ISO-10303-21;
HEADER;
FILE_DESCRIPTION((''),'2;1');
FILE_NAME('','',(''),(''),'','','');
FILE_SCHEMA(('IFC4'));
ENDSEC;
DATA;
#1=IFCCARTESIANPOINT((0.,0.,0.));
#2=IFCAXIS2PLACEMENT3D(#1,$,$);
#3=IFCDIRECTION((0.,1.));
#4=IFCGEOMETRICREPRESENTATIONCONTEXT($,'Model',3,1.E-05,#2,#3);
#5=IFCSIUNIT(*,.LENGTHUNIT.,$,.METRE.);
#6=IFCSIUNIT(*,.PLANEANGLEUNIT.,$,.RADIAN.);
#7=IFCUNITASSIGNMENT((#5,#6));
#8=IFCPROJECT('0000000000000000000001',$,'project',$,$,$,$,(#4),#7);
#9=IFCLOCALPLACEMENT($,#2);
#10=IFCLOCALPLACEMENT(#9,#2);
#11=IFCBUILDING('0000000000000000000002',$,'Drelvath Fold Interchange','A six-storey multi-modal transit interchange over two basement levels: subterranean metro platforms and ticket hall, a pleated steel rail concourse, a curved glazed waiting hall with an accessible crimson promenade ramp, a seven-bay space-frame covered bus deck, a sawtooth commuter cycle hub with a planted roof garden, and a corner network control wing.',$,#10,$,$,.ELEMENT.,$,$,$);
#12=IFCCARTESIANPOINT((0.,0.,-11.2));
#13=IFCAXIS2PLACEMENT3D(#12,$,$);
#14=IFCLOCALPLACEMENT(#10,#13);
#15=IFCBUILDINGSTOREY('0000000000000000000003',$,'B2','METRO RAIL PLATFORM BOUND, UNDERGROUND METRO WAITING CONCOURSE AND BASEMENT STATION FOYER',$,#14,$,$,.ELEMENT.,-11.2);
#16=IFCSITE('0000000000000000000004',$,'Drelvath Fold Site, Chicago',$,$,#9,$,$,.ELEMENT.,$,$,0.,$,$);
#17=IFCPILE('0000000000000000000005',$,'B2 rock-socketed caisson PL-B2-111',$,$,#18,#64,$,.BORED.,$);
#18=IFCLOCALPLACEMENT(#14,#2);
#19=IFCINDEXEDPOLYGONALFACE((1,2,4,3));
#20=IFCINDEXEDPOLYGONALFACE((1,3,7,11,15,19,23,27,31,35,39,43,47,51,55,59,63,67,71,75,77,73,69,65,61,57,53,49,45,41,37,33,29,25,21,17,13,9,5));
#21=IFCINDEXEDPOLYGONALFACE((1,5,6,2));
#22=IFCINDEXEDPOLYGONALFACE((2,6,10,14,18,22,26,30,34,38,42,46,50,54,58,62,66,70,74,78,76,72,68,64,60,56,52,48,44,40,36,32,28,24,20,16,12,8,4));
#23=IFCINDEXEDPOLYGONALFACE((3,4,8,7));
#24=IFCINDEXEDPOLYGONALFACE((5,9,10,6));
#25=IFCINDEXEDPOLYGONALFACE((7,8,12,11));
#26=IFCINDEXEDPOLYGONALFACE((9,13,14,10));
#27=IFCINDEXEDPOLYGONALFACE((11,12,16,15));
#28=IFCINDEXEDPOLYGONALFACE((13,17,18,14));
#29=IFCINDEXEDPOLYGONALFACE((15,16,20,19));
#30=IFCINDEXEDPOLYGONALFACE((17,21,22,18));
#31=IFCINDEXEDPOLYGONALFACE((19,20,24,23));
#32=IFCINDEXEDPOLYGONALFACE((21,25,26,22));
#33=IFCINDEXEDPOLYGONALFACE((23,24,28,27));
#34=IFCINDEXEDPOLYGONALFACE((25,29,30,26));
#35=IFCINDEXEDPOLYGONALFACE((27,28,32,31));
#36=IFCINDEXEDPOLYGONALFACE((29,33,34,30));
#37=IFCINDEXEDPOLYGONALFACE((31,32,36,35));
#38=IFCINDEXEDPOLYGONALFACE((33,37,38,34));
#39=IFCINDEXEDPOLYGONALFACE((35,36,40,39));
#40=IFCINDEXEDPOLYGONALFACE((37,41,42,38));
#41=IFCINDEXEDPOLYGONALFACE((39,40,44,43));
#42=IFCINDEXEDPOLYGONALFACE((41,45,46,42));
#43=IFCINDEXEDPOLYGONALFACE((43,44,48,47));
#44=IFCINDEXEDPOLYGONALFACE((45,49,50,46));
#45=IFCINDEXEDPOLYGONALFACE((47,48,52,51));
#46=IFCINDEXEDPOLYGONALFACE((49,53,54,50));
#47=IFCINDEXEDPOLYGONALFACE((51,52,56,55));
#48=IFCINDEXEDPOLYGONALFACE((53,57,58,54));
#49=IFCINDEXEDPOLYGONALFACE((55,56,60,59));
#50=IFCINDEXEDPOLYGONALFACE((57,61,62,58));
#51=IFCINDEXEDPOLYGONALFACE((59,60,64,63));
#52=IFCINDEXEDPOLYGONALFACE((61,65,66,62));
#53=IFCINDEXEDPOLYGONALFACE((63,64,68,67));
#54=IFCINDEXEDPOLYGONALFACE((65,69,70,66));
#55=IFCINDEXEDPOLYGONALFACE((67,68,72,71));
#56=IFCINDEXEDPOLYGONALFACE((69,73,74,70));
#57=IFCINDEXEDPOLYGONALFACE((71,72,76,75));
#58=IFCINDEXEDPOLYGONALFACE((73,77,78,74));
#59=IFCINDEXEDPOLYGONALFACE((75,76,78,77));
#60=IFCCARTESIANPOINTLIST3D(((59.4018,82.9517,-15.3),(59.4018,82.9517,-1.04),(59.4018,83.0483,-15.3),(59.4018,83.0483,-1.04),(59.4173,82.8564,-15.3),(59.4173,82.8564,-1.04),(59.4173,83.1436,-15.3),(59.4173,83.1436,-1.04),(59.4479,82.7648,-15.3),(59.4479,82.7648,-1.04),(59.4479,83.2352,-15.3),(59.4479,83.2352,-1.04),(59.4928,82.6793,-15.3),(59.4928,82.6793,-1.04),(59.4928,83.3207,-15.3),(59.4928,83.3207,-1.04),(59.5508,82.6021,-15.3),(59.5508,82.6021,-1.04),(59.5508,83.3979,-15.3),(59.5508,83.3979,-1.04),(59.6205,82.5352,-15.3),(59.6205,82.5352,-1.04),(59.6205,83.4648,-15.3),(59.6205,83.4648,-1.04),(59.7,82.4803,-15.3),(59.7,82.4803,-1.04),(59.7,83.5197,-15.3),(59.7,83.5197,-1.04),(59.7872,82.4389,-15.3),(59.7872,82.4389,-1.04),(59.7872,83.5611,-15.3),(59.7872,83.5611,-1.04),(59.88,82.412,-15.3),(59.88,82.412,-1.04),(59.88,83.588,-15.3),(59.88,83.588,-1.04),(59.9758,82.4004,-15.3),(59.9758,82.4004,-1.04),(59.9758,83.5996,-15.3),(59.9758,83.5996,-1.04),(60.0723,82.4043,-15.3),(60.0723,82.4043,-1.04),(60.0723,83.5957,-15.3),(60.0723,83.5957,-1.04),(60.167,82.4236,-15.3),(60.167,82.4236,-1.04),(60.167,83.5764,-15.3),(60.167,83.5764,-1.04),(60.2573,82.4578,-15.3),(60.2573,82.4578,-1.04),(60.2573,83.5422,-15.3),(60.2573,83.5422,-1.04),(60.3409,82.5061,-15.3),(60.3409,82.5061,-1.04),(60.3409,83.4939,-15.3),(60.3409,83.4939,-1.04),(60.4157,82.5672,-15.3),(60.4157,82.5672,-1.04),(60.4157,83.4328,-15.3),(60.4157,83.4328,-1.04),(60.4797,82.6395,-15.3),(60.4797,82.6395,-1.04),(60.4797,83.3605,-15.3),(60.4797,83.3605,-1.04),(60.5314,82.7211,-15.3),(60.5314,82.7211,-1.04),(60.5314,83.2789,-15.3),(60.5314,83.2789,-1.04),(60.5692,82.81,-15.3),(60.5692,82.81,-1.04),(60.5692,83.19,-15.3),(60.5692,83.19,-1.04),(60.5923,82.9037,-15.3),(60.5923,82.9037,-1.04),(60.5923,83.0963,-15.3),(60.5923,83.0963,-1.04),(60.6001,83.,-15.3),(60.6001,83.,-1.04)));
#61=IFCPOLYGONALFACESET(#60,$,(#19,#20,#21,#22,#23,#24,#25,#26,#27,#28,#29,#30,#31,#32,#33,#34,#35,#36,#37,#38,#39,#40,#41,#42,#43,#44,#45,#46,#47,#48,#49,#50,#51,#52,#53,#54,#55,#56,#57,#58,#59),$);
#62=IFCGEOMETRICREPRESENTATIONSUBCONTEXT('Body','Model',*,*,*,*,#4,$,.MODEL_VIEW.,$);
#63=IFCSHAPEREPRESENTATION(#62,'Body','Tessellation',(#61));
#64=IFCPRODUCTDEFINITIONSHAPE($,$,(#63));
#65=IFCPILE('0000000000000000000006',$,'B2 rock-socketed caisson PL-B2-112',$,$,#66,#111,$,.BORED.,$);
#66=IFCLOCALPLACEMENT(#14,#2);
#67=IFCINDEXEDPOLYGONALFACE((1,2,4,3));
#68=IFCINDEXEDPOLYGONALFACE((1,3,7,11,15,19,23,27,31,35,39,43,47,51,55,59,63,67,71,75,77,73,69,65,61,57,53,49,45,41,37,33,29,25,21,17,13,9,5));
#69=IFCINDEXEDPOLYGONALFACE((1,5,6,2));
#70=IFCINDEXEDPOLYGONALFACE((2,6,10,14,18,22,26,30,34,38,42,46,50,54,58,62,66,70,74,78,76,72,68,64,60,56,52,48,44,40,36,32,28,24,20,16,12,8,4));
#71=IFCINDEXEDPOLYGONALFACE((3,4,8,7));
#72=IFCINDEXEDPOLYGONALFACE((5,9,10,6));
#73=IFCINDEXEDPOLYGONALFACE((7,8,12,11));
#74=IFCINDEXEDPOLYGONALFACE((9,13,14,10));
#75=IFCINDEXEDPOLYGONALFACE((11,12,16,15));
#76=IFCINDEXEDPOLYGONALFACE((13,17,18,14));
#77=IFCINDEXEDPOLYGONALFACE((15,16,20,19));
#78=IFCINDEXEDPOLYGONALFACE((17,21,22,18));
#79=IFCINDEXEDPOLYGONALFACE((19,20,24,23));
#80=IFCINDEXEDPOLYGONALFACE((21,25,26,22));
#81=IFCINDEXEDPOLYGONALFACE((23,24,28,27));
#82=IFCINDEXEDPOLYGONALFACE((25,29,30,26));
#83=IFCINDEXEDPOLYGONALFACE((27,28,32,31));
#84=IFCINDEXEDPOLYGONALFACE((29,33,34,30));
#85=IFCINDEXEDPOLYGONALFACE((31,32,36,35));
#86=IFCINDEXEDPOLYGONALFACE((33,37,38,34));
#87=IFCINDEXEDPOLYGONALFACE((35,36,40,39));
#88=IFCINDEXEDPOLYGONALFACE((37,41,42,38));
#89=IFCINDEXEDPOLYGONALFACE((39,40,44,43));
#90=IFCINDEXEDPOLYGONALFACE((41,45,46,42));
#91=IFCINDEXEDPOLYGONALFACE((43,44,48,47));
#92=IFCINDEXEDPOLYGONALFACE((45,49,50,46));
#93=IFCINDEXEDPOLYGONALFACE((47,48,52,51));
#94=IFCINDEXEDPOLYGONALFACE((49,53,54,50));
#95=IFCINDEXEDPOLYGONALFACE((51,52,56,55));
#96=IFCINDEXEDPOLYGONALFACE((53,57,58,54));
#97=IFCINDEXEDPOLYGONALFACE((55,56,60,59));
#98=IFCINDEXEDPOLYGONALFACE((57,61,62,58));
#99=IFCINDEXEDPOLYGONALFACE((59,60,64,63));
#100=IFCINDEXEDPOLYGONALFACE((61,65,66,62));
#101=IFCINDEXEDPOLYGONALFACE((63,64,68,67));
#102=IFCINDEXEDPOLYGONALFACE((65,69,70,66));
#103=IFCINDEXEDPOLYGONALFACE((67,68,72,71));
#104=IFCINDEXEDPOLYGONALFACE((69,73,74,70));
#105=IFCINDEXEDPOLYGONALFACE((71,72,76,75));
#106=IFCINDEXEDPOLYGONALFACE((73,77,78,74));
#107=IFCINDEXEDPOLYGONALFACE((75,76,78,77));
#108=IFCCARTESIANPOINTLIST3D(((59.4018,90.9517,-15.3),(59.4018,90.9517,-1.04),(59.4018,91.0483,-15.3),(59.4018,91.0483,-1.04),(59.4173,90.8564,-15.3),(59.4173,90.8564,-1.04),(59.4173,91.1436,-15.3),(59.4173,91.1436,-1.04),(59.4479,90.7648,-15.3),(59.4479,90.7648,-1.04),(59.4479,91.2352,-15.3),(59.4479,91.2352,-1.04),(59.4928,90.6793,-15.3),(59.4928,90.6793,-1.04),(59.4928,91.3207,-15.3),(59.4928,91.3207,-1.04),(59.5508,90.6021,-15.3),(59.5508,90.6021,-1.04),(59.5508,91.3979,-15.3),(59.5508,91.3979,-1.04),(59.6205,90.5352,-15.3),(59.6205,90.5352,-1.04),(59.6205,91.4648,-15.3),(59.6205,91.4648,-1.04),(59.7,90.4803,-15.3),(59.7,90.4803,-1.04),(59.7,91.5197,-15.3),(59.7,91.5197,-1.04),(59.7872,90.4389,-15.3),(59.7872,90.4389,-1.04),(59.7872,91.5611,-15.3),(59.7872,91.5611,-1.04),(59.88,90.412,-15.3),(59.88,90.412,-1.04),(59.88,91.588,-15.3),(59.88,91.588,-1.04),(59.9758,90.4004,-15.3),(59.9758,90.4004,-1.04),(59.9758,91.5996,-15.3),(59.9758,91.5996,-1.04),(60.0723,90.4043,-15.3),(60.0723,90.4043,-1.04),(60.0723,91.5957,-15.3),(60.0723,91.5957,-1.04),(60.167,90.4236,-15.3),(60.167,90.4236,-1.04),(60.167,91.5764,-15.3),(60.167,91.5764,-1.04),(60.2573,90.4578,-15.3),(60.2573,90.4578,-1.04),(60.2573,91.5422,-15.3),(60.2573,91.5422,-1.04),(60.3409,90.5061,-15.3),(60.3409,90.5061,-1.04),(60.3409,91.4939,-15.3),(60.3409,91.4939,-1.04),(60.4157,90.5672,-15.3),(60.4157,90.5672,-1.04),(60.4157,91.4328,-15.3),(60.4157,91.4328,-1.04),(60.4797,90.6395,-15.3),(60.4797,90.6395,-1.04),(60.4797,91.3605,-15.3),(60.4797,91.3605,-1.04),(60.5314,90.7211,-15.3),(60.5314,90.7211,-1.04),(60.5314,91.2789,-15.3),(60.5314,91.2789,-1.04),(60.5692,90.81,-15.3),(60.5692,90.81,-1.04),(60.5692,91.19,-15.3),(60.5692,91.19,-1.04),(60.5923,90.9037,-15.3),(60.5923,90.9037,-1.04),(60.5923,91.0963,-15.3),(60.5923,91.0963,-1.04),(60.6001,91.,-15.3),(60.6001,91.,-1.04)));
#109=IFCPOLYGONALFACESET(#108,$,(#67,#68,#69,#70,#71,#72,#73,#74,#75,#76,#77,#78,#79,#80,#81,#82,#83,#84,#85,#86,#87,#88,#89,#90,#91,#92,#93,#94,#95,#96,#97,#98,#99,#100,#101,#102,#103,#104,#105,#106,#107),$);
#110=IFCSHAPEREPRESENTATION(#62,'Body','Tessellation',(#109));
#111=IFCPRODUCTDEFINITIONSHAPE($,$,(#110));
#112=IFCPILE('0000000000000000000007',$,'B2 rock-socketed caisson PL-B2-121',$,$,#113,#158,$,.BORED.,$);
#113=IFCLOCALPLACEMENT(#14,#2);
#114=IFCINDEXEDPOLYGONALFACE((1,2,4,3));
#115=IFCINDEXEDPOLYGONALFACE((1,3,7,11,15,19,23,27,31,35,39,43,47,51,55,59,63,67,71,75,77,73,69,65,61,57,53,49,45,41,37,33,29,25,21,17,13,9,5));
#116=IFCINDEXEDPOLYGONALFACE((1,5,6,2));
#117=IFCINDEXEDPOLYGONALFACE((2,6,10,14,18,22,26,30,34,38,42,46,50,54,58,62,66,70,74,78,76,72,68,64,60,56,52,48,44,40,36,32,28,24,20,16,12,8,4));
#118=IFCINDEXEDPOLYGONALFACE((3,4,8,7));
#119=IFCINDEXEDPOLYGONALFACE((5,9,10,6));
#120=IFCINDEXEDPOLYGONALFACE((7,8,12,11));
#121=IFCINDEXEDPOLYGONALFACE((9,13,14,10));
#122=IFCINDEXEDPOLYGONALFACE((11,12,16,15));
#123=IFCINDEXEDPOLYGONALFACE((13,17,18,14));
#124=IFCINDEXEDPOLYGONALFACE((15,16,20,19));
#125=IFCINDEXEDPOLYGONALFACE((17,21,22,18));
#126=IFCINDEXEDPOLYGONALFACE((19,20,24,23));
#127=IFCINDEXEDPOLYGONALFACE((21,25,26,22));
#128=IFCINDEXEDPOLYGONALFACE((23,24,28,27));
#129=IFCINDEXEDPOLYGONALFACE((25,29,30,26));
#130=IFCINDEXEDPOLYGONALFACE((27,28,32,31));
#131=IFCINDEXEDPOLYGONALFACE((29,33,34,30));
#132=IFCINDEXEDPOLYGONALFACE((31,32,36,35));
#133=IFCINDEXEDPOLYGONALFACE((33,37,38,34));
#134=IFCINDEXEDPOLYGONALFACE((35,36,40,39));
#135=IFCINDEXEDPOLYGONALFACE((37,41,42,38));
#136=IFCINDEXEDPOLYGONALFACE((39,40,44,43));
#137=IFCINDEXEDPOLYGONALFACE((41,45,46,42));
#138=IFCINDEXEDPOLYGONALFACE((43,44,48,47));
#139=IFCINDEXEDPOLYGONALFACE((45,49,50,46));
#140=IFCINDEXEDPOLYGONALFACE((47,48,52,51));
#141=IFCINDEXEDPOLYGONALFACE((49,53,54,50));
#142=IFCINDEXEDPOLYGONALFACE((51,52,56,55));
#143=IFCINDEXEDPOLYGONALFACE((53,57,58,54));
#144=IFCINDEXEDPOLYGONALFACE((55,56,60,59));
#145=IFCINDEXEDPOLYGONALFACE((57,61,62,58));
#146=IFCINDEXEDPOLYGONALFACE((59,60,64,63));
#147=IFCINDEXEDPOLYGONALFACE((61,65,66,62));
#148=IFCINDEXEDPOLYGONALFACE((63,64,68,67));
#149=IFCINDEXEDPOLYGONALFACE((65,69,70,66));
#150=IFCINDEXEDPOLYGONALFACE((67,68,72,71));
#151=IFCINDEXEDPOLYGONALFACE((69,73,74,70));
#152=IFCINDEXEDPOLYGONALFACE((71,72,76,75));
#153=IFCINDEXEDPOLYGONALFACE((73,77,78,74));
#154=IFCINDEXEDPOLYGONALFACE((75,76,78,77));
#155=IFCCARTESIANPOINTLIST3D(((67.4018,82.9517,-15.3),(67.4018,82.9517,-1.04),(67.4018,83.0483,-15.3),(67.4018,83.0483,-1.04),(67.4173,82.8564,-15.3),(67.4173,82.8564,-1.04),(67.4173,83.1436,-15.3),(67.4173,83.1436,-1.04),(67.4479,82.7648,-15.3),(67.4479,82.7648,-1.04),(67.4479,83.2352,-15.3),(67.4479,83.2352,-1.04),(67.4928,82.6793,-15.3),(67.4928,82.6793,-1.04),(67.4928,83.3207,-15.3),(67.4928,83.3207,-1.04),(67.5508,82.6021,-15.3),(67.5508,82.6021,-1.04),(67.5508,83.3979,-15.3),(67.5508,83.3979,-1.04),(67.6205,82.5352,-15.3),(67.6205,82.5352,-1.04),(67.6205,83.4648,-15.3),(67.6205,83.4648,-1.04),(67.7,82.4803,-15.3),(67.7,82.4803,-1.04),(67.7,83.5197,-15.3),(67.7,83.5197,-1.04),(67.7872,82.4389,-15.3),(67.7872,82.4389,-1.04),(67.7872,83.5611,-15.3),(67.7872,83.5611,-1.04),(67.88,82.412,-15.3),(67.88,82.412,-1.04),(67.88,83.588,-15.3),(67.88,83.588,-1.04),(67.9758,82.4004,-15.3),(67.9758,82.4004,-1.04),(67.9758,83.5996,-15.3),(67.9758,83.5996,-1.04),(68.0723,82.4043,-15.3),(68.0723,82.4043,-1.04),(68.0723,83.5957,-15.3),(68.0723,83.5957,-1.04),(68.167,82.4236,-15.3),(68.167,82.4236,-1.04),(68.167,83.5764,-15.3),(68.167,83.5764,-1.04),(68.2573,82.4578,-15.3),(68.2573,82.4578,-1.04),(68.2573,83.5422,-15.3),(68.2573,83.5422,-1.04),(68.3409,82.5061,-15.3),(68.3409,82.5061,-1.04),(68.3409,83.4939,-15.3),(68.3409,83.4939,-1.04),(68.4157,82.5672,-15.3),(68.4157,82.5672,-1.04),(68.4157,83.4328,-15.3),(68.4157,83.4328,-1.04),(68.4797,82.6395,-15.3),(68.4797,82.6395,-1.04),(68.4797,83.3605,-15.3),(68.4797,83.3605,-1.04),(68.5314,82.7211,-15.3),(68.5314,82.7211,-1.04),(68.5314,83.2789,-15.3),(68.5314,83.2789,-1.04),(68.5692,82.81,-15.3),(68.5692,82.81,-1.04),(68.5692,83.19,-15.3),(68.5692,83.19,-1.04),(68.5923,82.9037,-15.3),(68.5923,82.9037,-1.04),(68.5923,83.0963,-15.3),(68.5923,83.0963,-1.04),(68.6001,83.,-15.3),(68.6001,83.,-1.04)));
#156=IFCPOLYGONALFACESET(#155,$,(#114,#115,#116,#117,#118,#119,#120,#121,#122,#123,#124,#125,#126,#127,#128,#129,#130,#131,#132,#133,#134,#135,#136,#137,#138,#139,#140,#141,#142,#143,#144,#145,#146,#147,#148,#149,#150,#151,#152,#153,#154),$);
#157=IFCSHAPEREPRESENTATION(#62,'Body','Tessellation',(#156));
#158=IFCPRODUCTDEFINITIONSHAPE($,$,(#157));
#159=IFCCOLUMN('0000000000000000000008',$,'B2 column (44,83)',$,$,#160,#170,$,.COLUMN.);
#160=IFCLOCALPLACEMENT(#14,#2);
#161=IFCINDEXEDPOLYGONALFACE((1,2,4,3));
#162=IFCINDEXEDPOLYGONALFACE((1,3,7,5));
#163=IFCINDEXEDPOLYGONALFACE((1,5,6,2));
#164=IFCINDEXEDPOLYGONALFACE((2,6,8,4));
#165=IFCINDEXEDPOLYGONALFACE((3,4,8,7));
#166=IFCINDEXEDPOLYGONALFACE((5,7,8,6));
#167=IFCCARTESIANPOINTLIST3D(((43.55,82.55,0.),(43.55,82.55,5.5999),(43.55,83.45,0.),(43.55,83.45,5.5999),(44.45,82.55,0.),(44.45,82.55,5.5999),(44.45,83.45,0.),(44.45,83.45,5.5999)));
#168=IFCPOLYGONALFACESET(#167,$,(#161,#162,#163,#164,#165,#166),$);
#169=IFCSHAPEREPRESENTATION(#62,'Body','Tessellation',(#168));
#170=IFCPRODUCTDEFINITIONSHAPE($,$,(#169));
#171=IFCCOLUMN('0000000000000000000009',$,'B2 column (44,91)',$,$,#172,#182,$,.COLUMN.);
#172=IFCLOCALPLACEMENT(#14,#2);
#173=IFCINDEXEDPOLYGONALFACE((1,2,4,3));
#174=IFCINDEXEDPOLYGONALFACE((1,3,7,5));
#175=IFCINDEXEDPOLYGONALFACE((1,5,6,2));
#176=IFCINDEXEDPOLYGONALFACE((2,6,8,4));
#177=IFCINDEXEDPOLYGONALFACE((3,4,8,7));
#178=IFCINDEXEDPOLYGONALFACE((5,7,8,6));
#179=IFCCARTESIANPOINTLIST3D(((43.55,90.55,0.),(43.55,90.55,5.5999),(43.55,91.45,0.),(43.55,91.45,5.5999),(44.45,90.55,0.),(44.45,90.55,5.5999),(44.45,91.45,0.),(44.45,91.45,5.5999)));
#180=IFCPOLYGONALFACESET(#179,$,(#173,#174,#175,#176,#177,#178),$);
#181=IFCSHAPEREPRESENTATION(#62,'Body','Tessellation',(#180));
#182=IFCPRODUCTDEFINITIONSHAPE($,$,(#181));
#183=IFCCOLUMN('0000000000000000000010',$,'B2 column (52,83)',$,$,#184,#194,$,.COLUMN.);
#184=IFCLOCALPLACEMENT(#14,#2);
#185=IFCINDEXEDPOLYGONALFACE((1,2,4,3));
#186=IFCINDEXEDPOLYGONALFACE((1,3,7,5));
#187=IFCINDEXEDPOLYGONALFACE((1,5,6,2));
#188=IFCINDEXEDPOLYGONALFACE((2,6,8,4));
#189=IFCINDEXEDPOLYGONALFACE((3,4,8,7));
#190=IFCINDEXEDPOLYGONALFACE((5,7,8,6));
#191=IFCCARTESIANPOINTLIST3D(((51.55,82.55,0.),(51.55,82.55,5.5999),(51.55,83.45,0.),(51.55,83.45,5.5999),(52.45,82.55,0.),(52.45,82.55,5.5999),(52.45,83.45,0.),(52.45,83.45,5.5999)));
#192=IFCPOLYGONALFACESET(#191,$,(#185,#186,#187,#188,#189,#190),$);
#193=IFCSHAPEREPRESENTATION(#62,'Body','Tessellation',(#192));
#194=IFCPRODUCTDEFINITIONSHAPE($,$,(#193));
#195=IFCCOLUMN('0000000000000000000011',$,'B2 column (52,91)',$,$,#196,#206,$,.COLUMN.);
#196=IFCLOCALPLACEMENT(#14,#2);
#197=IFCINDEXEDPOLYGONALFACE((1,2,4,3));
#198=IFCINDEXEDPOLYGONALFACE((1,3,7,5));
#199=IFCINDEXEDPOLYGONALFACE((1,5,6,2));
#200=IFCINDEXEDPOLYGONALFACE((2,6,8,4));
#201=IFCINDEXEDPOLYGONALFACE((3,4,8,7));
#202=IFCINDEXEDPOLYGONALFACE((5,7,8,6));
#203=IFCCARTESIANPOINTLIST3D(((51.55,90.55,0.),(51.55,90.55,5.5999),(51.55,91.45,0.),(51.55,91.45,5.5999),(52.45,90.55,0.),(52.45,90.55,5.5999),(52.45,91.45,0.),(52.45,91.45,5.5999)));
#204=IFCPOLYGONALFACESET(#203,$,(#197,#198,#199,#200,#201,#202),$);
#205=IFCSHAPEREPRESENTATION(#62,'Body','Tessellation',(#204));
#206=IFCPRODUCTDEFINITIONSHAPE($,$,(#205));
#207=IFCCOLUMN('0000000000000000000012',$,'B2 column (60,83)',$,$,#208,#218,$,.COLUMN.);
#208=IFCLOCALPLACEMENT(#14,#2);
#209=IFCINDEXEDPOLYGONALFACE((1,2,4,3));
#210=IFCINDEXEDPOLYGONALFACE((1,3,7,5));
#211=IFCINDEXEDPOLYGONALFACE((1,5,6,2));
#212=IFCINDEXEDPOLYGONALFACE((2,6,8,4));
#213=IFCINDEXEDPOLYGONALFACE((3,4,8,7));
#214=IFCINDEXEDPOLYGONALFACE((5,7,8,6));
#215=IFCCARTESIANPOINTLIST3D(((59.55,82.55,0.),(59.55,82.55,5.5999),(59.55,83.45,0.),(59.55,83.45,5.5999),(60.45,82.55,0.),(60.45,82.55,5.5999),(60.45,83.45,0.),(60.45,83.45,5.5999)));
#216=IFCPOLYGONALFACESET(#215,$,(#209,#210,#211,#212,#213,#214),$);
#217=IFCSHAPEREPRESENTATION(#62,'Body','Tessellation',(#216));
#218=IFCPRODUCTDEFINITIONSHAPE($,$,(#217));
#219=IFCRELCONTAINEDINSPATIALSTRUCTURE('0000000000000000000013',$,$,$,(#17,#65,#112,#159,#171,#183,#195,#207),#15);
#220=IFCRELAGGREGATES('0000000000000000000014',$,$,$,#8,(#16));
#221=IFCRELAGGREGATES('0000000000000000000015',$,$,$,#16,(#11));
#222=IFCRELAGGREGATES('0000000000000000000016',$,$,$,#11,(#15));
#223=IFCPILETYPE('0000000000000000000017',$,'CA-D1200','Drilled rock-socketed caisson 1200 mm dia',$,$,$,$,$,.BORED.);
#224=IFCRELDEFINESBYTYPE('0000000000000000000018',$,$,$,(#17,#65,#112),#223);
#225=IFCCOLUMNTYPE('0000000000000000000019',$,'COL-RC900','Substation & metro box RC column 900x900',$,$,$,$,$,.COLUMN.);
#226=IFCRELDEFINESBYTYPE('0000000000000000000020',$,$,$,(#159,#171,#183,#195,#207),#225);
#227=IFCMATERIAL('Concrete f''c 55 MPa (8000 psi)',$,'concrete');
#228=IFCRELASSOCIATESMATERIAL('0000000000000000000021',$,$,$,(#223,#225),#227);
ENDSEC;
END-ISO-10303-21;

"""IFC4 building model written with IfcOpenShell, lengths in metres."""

from ifc_helpers import new_model, si_unit, direction, frame, origin, origin_2d, place, context, subcontext, project, spatial, rectangle, circle, extrude, material, material_profile, profile_set, type_object, element, save


model = new_model("IFC4")

# Units and contexts
model_context = context("Model", 3, precision=1e-05, world=origin(), true_north=direction((0.0, 1.0)))
body_context = subcontext(model_context, "Body", "Model", "MODEL_VIEW")
ifc_project = project(units=[si_unit("LENGTHUNIT", "METRE"), si_unit("PLANEANGLEUNIT", "RADIAN")], contexts=[model_context])

# Site, building, storey
site_placement = place(None, origin())
site = spatial("IfcSite", under=ifc_project, at=site_placement, Name="Drelvath Fold Site, Chicago", CompositionType="ELEMENT", RefElevation=0.0)
building_placement = place(site_placement, origin())
building = spatial("IfcBuilding", under=site, at=building_placement, Name="Drelvath Fold Interchange", Description="A six-storey multi-modal transit interchange over two basement levels: subterranean metro platforms and ticket hall, a pleated steel rail concourse, a curved glazed waiting hall with an accessible crimson promenade ramp, a seven-bay space-frame covered bus deck, a sawtooth commuter cycle hub with a planted roof garden, and a corner network control wing.", CompositionType="ELEMENT")
storey_placement = place(building_placement, frame((0.0, 0.0, -11.2)))
storey = spatial("IfcBuildingStorey", under=building, at=storey_placement, Name="B2", Description="METRO RAIL PLATFORM BOUND, UNDERGROUND METRO WAITING CONCOURSE AND BASEMENT STATION FOYER", CompositionType="ELEMENT", Elevation=-11.2)

# Piles
ifc_material_1 = material(Name="Concrete f'c 55 MPa (8000 psi)", Category="concrete")
ifc_material_profile_1 = material_profile(ifc_material_1, circle(Radius=0.6001, at=origin_2d()), Name="CAISSON D1200")
ifc_profile_set_1 = profile_set([ifc_material_profile_1], Name="Concrete f'c 55 MPa (8000 psi)")
pile_type = type_object("IfcPileType", Name="CA-D1200", Description="Drilled rock-socketed caisson 1200 mm dia", PredefinedType="BORED", material=ifc_profile_set_1)
for number, where, z_axis, x_axis, name in (
    (1, (60.0, 83.0, -1.04), (0.0, 0.0, -1.0), (1.0, 0.0, 0.0), "B2 rock-socketed caisson PL-B2-111"),
    (2, (60.0, 91.0, -1.04), (0.0, 0.0, -1.0), (1.0, 0.0, 0.0), "B2 rock-socketed caisson PL-B2-112"),
    (3, (68.0, 83.0, -1.04), (0.0, 0.0, -1.0), (1.0, 0.0, 0.0), "B2 rock-socketed caisson PL-B2-121"),
):
    element("IfcPile", number, at=place(storey_placement, frame(where, z_axis=z_axis, x_axis=x_axis)), inside=storey, type_object=pile_type, Name=name, PredefinedType="BORED", context=body_context, shape_type="SweptSolid", body=[
        extrude(circle(Radius=0.6001, at=origin_2d()), origin(), (0.0, 0.0, 1.0), 14.26),
    ])

# Columns
ifc_material_profile_2 = material_profile(ifc_material_1, rectangle(XDim=0.8999, YDim=0.8999, at=origin_2d()), Name="RC 900x900")
ifc_profile_set_2 = profile_set([ifc_material_profile_2], Name="Concrete f'c 55 MPa (8000 psi)")
column_type = type_object("IfcColumnType", Name="COL-RC900", Description="Substation & metro box RC column 900x900", PredefinedType="COLUMN", material=ifc_profile_set_2)
for number, where, z_axis, x_axis, name in (
    (4, (44.0, 83.0, 0.0), (0.0, 0.0, 1.0), (1.0, 0.0, 0.0), "B2 column (44,83)"),
    (5, (44.0, 91.0, 0.0), (0.0, 0.0, 1.0), (1.0, 0.0, 0.0), "B2 column (44,91)"),
    (6, (52.0, 83.0, 0.0), (0.0, 0.0, 1.0), (1.0, 0.0, 0.0), "B2 column (52,83)"),
    (7, (52.0, 91.0, 0.0), (0.0, 0.0, 1.0), (1.0, 0.0, 0.0), "B2 column (52,91)"),
    (8, (60.0, 83.0, 0.0), (0.0, 0.0, 1.0), (1.0, 0.0, 0.0), "B2 column (60,83)"),
):
    element("IfcColumn", number, at=place(storey_placement, frame(where, z_axis=z_axis, x_axis=x_axis)), inside=storey, type_object=column_type, Name=name, PredefinedType="COLUMN", context=body_context, shape_type="SweptSolid", body=[
        extrude(rectangle(XDim=0.8999, YDim=0.8999, at=origin_2d()), origin(), (0.0, 0.0, 1.0), 5.5999),
    ])

save(model, "model.ifc")
